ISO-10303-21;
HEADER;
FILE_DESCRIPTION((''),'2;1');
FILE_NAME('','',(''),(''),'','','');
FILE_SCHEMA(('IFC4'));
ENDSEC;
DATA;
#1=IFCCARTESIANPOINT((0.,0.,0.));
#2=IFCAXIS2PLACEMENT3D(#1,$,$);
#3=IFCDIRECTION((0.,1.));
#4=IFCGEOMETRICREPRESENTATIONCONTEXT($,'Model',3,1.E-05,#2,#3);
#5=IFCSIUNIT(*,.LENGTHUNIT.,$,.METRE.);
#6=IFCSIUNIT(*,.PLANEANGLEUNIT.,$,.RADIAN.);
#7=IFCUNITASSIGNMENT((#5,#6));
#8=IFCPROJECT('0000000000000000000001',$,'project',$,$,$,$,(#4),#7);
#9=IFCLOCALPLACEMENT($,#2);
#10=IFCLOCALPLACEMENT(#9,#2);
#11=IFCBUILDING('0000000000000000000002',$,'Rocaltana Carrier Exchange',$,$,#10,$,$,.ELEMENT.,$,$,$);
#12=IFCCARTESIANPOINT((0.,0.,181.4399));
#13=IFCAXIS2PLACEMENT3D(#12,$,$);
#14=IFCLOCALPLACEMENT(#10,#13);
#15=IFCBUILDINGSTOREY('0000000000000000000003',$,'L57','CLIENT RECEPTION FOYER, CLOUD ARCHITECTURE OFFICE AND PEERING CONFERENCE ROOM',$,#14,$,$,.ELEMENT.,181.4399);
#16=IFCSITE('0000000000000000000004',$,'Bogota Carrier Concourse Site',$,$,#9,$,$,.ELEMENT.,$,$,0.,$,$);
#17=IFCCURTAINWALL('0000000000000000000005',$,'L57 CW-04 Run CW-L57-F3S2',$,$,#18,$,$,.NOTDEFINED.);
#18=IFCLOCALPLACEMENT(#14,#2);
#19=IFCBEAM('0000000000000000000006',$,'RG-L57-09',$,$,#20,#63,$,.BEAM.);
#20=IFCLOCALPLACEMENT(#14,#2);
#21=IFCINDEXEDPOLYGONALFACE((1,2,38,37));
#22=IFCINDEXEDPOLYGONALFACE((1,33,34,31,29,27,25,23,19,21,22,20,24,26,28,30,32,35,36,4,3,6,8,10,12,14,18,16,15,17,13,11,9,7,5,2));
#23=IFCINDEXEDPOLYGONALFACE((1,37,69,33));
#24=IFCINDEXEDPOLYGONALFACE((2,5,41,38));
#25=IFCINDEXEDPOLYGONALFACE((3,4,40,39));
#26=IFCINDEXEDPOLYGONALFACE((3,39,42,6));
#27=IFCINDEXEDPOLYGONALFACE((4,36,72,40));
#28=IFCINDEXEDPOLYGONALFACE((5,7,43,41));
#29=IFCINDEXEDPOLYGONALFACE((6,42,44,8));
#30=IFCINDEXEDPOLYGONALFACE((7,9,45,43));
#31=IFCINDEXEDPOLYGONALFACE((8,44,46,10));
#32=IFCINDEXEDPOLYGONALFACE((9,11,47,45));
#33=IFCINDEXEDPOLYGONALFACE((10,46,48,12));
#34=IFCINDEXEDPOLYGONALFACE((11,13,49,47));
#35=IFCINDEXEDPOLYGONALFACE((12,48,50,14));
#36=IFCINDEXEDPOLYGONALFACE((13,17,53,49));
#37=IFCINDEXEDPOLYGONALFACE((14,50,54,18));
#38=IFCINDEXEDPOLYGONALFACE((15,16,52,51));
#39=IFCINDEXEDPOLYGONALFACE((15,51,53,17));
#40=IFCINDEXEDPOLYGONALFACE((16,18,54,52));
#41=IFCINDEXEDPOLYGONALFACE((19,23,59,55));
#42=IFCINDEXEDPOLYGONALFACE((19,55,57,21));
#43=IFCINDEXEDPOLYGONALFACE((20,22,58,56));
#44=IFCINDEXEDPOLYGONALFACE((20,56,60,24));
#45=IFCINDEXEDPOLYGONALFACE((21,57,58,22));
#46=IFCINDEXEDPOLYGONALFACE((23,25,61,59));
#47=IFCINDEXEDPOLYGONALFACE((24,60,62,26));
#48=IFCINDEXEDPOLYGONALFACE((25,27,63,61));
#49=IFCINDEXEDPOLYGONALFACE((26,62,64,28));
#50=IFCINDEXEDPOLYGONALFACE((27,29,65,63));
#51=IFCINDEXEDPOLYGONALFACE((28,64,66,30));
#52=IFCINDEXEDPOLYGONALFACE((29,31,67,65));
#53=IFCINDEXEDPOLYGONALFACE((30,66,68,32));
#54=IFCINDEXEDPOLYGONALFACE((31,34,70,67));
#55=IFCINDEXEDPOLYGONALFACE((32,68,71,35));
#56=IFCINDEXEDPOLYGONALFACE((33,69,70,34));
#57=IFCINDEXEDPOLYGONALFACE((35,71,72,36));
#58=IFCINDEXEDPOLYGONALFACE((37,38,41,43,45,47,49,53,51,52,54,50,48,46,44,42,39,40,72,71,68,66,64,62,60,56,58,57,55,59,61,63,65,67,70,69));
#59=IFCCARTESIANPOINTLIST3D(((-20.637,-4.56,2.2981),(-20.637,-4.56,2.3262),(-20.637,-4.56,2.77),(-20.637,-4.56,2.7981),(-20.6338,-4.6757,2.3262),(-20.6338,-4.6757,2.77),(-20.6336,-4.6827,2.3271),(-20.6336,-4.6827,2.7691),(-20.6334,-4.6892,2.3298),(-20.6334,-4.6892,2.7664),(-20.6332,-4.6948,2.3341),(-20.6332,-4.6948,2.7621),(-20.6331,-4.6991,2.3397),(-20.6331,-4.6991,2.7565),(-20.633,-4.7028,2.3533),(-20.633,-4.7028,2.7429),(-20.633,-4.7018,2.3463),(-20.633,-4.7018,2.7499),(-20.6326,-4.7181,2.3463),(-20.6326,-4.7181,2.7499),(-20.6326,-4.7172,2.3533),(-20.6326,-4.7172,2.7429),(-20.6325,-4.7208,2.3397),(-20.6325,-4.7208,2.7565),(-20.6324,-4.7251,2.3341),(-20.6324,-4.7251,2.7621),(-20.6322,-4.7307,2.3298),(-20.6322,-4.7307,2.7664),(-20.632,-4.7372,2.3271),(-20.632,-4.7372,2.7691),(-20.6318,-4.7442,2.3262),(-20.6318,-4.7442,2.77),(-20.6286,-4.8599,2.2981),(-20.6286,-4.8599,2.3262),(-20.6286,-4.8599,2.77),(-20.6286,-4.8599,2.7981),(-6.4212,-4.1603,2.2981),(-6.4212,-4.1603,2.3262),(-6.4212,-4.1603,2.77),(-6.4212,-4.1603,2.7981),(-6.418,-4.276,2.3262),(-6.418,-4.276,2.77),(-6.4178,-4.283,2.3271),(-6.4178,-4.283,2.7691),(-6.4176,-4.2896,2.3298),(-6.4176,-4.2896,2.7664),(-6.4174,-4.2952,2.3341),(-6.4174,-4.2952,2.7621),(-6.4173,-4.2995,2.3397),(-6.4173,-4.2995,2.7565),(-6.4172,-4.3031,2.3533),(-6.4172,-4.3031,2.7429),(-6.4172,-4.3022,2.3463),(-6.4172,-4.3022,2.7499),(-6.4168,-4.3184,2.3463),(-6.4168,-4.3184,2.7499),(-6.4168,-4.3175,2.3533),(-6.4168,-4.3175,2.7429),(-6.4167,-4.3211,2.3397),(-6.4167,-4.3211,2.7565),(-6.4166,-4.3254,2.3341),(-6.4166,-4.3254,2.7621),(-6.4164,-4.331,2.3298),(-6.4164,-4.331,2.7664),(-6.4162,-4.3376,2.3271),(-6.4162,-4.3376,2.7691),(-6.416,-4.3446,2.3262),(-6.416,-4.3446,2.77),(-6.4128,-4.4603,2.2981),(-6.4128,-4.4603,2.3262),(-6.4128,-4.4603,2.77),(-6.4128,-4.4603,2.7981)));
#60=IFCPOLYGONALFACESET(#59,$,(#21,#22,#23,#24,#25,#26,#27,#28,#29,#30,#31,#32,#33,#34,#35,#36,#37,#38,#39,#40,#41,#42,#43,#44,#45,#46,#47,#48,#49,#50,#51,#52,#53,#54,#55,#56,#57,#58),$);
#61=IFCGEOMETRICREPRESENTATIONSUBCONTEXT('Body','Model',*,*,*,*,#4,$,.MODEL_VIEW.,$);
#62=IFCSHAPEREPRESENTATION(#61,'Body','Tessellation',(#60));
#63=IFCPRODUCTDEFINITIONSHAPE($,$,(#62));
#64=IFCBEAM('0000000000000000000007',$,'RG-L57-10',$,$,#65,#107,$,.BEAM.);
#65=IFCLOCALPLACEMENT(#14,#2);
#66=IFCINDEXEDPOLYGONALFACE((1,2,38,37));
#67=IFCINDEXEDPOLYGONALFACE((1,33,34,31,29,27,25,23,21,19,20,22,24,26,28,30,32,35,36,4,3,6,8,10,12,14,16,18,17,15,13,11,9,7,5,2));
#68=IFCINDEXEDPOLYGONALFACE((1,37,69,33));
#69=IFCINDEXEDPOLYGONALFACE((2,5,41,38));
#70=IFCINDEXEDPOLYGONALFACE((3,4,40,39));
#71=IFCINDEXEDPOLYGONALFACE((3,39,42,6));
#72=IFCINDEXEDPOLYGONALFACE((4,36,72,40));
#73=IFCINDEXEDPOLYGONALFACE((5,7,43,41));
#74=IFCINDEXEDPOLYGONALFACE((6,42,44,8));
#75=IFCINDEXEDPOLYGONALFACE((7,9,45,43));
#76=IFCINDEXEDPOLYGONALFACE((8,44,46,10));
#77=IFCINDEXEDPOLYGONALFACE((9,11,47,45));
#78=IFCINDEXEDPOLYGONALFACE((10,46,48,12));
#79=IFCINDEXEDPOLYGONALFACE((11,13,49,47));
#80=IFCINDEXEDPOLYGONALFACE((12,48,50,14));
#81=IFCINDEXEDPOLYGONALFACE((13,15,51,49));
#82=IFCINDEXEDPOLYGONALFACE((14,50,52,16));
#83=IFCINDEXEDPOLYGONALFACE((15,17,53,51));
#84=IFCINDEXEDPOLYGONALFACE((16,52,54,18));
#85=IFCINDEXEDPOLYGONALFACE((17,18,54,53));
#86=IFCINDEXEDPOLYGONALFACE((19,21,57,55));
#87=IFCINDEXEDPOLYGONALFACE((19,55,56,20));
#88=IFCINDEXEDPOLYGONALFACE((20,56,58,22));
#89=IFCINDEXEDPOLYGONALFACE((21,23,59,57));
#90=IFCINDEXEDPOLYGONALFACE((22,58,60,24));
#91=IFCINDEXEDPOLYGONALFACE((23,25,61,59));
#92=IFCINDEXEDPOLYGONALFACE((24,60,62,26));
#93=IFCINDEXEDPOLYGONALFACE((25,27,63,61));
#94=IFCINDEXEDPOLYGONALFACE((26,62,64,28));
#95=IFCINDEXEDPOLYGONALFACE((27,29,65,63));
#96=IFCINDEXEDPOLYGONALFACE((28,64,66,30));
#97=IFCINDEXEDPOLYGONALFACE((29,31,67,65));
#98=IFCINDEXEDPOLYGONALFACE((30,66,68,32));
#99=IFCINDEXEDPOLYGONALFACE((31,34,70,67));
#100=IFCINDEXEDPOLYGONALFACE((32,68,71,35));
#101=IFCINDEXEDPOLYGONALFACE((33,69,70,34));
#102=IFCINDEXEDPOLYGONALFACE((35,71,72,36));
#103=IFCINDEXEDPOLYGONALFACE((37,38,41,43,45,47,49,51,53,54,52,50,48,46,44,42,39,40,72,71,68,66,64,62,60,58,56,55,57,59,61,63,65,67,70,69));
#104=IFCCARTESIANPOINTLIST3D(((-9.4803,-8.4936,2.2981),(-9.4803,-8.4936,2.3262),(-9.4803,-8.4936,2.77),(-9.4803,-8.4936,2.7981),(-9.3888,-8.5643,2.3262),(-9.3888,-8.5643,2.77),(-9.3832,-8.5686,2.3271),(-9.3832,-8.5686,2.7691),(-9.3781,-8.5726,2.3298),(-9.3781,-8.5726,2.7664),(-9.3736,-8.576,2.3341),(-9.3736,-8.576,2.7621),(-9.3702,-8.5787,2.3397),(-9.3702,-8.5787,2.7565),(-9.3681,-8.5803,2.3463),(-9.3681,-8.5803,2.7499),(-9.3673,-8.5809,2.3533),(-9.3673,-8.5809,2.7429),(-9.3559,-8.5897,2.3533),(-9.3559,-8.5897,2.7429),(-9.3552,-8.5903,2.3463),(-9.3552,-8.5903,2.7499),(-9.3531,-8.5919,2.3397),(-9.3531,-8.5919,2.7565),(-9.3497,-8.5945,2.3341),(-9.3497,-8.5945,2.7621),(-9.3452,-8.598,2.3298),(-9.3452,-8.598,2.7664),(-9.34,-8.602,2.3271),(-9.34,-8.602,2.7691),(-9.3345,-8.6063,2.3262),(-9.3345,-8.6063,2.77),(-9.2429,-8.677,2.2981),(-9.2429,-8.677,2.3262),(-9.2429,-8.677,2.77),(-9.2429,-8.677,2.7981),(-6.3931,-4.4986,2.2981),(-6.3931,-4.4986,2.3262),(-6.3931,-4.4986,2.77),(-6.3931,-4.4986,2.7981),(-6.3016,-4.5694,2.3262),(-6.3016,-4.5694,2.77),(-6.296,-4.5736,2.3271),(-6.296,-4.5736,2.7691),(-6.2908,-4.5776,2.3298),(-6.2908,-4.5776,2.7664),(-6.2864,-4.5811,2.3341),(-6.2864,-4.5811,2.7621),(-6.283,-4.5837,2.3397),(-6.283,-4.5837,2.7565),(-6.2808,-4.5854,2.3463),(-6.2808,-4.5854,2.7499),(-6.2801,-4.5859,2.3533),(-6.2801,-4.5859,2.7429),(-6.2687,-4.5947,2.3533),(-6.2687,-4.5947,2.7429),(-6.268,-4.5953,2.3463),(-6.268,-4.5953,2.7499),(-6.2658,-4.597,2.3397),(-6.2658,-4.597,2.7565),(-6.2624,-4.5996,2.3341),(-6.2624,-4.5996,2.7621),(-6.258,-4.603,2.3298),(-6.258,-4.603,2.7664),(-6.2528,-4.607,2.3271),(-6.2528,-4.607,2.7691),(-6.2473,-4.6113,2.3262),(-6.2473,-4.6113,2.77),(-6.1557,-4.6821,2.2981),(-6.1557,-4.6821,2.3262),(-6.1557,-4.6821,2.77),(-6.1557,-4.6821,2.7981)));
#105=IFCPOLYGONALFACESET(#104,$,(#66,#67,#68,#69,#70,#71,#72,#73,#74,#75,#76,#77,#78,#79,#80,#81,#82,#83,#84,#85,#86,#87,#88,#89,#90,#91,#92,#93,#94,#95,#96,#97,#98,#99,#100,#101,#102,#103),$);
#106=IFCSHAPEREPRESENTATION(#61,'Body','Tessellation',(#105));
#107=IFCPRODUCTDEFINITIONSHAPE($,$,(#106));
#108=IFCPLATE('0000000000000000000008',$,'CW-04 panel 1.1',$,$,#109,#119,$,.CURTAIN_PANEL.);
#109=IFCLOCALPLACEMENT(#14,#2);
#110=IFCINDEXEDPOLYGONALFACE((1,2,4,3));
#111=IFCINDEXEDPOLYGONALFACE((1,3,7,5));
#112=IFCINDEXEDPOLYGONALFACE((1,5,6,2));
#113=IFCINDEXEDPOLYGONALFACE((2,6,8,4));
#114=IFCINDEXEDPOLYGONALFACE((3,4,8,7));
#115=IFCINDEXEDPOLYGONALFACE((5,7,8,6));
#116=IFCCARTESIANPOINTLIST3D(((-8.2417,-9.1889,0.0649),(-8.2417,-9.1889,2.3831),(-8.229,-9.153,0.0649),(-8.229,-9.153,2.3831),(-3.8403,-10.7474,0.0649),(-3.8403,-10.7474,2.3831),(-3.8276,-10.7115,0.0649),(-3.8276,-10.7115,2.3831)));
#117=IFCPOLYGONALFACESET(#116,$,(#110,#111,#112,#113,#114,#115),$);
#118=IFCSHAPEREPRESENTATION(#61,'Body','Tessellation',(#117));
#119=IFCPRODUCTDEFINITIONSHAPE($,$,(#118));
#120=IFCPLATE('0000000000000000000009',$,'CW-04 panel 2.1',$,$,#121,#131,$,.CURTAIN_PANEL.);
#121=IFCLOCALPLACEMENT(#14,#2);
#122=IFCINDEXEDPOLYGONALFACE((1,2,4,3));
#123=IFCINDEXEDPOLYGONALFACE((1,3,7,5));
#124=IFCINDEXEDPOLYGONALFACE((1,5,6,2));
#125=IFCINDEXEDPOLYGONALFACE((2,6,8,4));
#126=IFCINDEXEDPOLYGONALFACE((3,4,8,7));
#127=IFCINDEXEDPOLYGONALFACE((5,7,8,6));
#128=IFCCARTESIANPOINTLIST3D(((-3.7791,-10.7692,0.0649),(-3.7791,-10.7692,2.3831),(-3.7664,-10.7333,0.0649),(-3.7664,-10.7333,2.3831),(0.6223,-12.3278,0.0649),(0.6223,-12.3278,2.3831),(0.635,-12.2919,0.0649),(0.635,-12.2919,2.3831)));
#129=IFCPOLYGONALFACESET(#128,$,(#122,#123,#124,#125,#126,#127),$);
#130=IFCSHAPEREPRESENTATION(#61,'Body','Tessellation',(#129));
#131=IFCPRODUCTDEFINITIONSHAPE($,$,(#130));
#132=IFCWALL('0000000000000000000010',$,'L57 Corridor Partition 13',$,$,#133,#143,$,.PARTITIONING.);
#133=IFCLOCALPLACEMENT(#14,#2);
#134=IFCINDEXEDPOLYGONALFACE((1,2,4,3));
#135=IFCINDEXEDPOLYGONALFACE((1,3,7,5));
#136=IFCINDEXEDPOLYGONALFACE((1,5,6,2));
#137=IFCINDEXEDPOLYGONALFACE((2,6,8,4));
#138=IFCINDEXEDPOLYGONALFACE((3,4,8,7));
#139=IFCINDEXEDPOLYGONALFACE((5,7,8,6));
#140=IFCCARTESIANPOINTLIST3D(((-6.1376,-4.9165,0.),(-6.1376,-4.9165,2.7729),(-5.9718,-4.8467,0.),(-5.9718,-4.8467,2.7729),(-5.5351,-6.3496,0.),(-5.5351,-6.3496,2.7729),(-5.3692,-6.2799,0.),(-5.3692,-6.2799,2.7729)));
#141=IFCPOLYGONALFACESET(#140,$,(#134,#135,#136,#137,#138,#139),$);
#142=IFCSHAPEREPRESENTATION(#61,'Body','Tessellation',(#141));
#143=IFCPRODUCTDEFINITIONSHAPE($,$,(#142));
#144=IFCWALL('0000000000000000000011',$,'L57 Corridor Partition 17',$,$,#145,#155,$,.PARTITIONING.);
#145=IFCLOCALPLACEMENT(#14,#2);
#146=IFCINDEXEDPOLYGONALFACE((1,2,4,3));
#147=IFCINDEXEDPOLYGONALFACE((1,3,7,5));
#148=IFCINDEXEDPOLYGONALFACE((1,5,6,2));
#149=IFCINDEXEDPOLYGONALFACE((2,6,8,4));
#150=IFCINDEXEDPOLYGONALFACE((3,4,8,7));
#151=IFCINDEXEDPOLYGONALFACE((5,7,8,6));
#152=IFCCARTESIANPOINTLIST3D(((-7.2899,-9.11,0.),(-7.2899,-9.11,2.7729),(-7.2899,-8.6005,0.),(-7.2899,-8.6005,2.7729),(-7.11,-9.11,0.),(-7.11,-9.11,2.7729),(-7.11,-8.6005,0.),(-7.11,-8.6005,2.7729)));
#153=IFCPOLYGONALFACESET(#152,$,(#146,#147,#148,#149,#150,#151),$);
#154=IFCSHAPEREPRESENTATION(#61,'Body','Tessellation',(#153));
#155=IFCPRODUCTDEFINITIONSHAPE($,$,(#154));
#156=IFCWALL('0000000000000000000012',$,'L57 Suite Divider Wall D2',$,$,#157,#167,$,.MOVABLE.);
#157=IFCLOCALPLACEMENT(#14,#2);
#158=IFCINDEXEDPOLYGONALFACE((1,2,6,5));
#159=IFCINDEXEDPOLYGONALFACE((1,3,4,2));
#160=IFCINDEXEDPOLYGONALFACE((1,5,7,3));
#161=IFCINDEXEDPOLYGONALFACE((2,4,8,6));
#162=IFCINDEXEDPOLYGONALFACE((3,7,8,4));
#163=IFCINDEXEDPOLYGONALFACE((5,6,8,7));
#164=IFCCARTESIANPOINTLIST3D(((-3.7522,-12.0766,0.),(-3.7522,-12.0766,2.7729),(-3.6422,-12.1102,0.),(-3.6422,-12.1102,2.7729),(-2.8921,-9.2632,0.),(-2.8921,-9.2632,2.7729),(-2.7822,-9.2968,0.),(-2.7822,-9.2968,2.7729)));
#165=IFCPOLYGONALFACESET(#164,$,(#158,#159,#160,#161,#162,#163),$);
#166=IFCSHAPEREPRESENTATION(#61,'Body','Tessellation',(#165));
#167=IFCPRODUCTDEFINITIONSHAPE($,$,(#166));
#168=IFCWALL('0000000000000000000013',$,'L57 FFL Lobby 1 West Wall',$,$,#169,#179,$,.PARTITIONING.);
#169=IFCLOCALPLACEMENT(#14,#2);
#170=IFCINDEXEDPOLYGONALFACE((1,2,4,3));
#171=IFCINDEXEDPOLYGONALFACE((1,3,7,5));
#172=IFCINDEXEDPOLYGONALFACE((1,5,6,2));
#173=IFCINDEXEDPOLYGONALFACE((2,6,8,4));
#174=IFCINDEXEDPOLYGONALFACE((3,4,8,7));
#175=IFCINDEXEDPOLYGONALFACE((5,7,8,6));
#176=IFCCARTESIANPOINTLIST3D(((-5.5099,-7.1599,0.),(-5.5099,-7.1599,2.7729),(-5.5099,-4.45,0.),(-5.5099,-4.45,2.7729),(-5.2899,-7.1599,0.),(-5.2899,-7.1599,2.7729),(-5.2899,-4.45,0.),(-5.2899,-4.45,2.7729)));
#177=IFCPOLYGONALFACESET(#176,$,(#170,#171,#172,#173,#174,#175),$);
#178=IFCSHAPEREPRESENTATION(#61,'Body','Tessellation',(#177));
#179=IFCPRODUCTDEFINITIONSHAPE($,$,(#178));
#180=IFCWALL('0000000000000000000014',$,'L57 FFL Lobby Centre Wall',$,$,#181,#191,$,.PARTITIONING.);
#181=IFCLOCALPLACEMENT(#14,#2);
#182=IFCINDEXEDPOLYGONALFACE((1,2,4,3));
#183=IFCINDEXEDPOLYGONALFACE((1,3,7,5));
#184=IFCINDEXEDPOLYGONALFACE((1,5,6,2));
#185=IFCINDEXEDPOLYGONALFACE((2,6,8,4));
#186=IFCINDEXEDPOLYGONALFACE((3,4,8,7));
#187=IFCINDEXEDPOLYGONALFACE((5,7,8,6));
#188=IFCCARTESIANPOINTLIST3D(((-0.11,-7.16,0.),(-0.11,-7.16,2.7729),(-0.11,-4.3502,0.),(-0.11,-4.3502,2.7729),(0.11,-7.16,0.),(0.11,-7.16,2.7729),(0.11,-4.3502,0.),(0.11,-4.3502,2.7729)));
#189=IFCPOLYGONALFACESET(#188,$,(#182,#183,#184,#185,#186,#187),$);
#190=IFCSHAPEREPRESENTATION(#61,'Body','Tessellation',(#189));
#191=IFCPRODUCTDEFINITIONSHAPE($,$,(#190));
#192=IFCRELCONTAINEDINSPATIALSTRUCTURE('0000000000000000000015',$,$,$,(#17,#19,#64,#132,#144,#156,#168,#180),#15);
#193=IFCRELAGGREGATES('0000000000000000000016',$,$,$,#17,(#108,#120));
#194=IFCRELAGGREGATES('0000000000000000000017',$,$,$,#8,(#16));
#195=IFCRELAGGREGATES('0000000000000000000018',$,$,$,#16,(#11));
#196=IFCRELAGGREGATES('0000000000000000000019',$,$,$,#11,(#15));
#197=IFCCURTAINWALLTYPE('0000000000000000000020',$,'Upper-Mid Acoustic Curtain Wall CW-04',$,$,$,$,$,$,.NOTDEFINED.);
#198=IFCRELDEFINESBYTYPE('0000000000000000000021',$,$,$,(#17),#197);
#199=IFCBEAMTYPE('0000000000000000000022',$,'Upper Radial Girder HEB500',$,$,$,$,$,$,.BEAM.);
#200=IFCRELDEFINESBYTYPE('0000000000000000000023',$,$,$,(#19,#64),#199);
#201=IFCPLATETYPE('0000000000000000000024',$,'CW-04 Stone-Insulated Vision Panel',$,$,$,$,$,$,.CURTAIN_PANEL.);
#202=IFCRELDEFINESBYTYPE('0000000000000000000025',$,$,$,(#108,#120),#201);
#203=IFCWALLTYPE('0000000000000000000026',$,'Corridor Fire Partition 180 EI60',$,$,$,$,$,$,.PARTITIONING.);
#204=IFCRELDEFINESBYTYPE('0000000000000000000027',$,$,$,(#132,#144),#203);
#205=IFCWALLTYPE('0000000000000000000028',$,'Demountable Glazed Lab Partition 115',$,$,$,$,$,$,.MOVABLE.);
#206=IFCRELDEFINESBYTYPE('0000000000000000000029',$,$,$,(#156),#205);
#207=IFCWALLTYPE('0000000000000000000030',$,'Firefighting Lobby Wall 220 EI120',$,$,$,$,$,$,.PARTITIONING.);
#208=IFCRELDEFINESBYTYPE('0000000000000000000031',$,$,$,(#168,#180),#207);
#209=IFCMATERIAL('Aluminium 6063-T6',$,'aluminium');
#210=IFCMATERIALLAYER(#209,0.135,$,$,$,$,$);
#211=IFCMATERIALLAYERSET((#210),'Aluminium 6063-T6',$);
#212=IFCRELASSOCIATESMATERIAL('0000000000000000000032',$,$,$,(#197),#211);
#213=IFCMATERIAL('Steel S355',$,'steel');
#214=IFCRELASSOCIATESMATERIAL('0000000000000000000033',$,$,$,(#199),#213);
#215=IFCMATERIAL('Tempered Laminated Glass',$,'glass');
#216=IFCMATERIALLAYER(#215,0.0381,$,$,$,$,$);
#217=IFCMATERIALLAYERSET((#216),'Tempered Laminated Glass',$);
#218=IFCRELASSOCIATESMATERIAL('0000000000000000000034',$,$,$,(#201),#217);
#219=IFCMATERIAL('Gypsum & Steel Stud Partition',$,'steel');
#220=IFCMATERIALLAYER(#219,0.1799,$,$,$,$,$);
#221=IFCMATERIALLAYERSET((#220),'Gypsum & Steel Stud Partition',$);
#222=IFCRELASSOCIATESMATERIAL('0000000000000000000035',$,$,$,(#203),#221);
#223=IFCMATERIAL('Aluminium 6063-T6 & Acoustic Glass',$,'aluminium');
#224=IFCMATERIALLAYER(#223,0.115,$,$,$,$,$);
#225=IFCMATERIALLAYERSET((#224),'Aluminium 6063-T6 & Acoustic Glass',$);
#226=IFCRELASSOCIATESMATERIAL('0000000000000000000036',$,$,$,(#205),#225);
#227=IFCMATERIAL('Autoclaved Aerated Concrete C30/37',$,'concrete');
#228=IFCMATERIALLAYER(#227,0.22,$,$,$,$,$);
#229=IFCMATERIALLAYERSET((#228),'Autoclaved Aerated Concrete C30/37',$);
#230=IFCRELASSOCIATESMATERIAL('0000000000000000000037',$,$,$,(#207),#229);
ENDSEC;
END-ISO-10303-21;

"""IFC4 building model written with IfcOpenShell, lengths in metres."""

from ifc_helpers import new_model, si_unit, direction, frame, frame_2d, origin, origin_2d, place, context, subcontext, project, spatial, rectangle, i_section, extrude, material, layer, layer_set, material_profile, profile_set, type_object, element, aggregate, save


model = new_model("IFC4")

# Units and contexts
model_context = context("Model", 3, precision=1e-05, world=origin(), true_north=direction((0.0, 1.0)))
body_context = subcontext(model_context, "Body", "Model", "MODEL_VIEW")
ifc_project = project(units=[si_unit("LENGTHUNIT", "METRE"), si_unit("PLANEANGLEUNIT", "RADIAN")], contexts=[model_context])

# Site, building, storey
site_placement = place(None, origin())
site = spatial("IfcSite", under=ifc_project, at=site_placement, Name="Bogota Carrier Concourse Site", CompositionType="ELEMENT", RefElevation=0.0)
building_placement = place(site_placement, origin())
building = spatial("IfcBuilding", under=site, at=building_placement, Name="Rocaltana Carrier Exchange", CompositionType="ELEMENT")
storey_placement = place(building_placement, frame((0.0, 0.0, 181.4399)))
storey = spatial("IfcBuildingStorey", under=building, at=storey_placement, Name="L57", Description="CLIENT RECEPTION FOYER, CLOUD ARCHITECTURE OFFICE AND PEERING CONFERENCE ROOM", CompositionType="ELEMENT", Elevation=181.4399)

# Curtain wall
ifc_material_1 = material(Name="Aluminium 6063-T6", Category="aluminium")
ifc_layer_1 = layer(ifc_material_1, 0.135)
ifc_layer_set_1 = layer_set([ifc_layer_1], Name="Aluminium 6063-T6")
curtain_wall_type = type_object("IfcCurtainWallType", Name="Upper-Mid Acoustic Curtain Wall CW-04", PredefinedType="NOTDEFINED", material=ifc_layer_set_1)
curtain_wall_placement = place(storey_placement, origin())
curtain_wall = element("IfcCurtainWall", 1, at=curtain_wall_placement, inside=storey, type_object=curtain_wall_type, Name="L57 CW-04 Run CW-L57-F3S2", PredefinedType="NOTDEFINED")

# Beams
ifc_material_2 = material(Name="Steel S355", Category="steel")
ifc_material_profile_1 = material_profile(ifc_material_2, i_section(OverallWidth=0.3, OverallDepth=0.5, WebThickness=0.0144, FlangeThickness=0.0281, FilletRadius=0.0271, at=origin_2d()), Name="HEB500")
ifc_profile_set_1 = profile_set([ifc_material_profile_1], Name="Steel S355")
beam_type_1 = type_object("IfcBeamType", Name="Upper Radial Girder HEB500", PredefinedType="BEAM", material=ifc_profile_set_1)
beam_1_placement = place(storey_placement, frame((-6.417, -4.3103, 2.5481), z_axis=(-0.999605, -0.028103, 0.0), x_axis=(0.028103, -0.999605, 0.0)))
element("IfcBeam", 2, at=beam_1_placement, inside=storey, type_object=beam_type_1, Name="RG-L57-09", PredefinedType="BEAM", context=body_context, shape_type="SweptSolid", body=[
    extrude(i_section(OverallWidth=0.3, OverallDepth=0.5, WebThickness=0.0144, FlangeThickness=0.0281, FilletRadius=0.0271, at=origin_2d()), origin(), (0.0, 0.0, 1.0), 14.2214),
])
beam_2_placement = place(storey_placement, frame((-6.2744, -4.5903, 2.5481), z_axis=(-0.611474, -0.791265, 0.0), x_axis=(0.791265, -0.611474, 0.0)))
element("IfcBeam", 3, at=beam_2_placement, inside=storey, type_object=beam_type_1, Name="RG-L57-10", PredefinedType="BEAM", context=body_context, shape_type="SweptSolid", body=[
    extrude(i_section(OverallWidth=0.3, OverallDepth=0.5, WebThickness=0.0144, FlangeThickness=0.0281, FilletRadius=0.0271, at=origin_2d()), origin(), (0.0, 0.0, 1.0), 5.0488),
])

# Plates
ifc_material_3 = material(Name="Tempered Laminated Glass", Category="glass")
ifc_layer_2 = layer(ifc_material_3, 0.0381)
ifc_layer_set_2 = layer_set([ifc_layer_2], Name="Tempered Laminated Glass")
plate_type = type_object("IfcPlateType", Name="CW-04 Stone-Insulated Vision Panel", PredefinedType="CURTAIN_PANEL", material=ifc_layer_set_2)
plate_1_placement = place(storey_placement, frame((-6.0347, -9.9502, 0.0649), z_axis=(0.0, 0.0, 1.0), x_axis=(0.942644, -0.333799, 0.0)))
plate_1 = element("IfcPlate", 4, at=plate_1_placement, type_object=plate_type, Name="CW-04 panel 1.1", PredefinedType="CURTAIN_PANEL", context=body_context, shape_type="SweptSolid", body=[
    extrude(rectangle(XDim=4.6692, YDim=0.0381, at=origin_2d()), origin(), (0.0, 0.0, 1.0), 2.3181),
])
plate_2_placement = place(storey_placement, frame((-1.572, -11.5305, 0.0649), z_axis=(0.0, 0.0, 1.0), x_axis=(0.942644, -0.333799, 0.0)))
plate_2 = element("IfcPlate", 5, at=plate_2_placement, type_object=plate_type, Name="CW-04 panel 2.1", PredefinedType="CURTAIN_PANEL", context=body_context, shape_type="SweptSolid", body=[
    extrude(rectangle(XDim=4.6692, YDim=0.0381, at=origin_2d()), origin(), (0.0, 0.0, 1.0), 2.3181),
])
aggregate(curtain_wall, [plate_1, plate_2])

# Walls
ifc_material_4 = material(Name="Gypsum & Steel Stud Partition", Category="steel")
ifc_layer_3 = layer(ifc_material_4, 0.1799)
ifc_layer_set_3 = layer_set([ifc_layer_3], Name="Gypsum & Steel Stud Partition")
wall_type_1 = type_object("IfcWallType", Name="Corridor Fire Partition 180 EI60", PredefinedType="PARTITIONING", material=ifc_layer_set_3)
wall_1_placement = place(storey_placement, frame((-6.0547, -4.8816, 0.0), z_axis=(0.0, 0.0, 1.0), x_axis=(0.38758, -0.921836, 0.0)))
element("IfcWall", 6, at=wall_1_placement, inside=storey, type_object=wall_type_1, Name="L57 Corridor Partition 13", PredefinedType="PARTITIONING", context=body_context, shape_type="SweptSolid", body=[
    extrude(rectangle(XDim=1.5547, YDim=0.1799, at=frame_2d((0.7773, 0.0))), origin(), (0.0, 0.0, 1.0), 2.7729),
])
wall_2_placement = place(storey_placement, frame((-7.2, -9.1101, 0.0), z_axis=(0.0, 0.0, 1.0), x_axis=(0.0, 1.0, 0.0)))
element("IfcWall", 7, at=wall_2_placement, inside=storey, type_object=wall_type_1, Name="L57 Corridor Partition 17", PredefinedType="PARTITIONING", context=body_context, shape_type="SweptSolid", body=[
    extrude(rectangle(XDim=0.5095, YDim=0.1799, at=frame_2d((0.2549, 0.0))), origin(), (0.0, 0.0, 1.0), 2.7729),
])
ifc_material_5 = material(Name="Aluminium 6063-T6 & Acoustic Glass", Category="aluminium")
ifc_layer_4 = layer(ifc_material_5, 0.115)
ifc_layer_set_4 = layer_set([ifc_layer_4], Name="Aluminium 6063-T6 & Acoustic Glass")
wall_type_2 = type_object("IfcWallType", Name="Demountable Glazed Lab Partition 115", PredefinedType="MOVABLE", material=ifc_layer_set_4)
wall_3_placement = place(storey_placement, frame((-2.8372, -9.28, 0.0), z_axis=(0.0, 0.0, 1.0), x_axis=(-0.292353, -0.95631, 0.0)))
element("IfcWall", 8, at=wall_3_placement, inside=storey, type_object=wall_type_2, Name="L57 Suite Divider Wall D2", PredefinedType="MOVABLE", context=body_context, shape_type="SweptSolid", body=[
    extrude(rectangle(XDim=2.9419, YDim=0.115, at=frame_2d((1.4709, 0.0))), origin(), (0.0, 0.0, 1.0), 2.7729),
])
ifc_material_6 = material(Name="Autoclaved Aerated Concrete C30/37", Category="concrete")
ifc_layer_5 = layer(ifc_material_6, 0.22)
ifc_layer_set_5 = layer_set([ifc_layer_5], Name="Autoclaved Aerated Concrete C30/37")
wall_type_3 = type_object("IfcWallType", Name="Firefighting Lobby Wall 220 EI120", PredefinedType="PARTITIONING", material=ifc_layer_set_5)
wall_4_placement = place(storey_placement, frame((-5.3999, -7.1599, 0.0), z_axis=(0.0, 0.0, 1.0), x_axis=(0.0, 1.0, 0.0)))
element("IfcWall", 9, at=wall_4_placement, inside=storey, type_object=wall_type_3, Name="L57 FFL Lobby 1 West Wall", PredefinedType="PARTITIONING", context=body_context, shape_type="SweptSolid", body=[
    extrude(rectangle(XDim=2.71, YDim=0.22, at=frame_2d((1.355, 0.0))), origin(), (0.0, 0.0, 1.0), 2.7729),
])
wall_5_placement = place(storey_placement, frame((0.0, -7.1599, 0.0), z_axis=(0.0, 0.0, 1.0), x_axis=(0.0, 1.0, 0.0)))
element("IfcWall", 10, at=wall_5_placement, inside=storey, type_object=wall_type_3, Name="L57 FFL Lobby Centre Wall", PredefinedType="PARTITIONING", context=body_context, shape_type="SweptSolid", body=[
    extrude(rectangle(XDim=2.8098, YDim=0.22, at=frame_2d((1.4048, 0.0))), origin(), (0.0, 0.0, 1.0), 2.7729),
])

save(model, "model.ifc")
